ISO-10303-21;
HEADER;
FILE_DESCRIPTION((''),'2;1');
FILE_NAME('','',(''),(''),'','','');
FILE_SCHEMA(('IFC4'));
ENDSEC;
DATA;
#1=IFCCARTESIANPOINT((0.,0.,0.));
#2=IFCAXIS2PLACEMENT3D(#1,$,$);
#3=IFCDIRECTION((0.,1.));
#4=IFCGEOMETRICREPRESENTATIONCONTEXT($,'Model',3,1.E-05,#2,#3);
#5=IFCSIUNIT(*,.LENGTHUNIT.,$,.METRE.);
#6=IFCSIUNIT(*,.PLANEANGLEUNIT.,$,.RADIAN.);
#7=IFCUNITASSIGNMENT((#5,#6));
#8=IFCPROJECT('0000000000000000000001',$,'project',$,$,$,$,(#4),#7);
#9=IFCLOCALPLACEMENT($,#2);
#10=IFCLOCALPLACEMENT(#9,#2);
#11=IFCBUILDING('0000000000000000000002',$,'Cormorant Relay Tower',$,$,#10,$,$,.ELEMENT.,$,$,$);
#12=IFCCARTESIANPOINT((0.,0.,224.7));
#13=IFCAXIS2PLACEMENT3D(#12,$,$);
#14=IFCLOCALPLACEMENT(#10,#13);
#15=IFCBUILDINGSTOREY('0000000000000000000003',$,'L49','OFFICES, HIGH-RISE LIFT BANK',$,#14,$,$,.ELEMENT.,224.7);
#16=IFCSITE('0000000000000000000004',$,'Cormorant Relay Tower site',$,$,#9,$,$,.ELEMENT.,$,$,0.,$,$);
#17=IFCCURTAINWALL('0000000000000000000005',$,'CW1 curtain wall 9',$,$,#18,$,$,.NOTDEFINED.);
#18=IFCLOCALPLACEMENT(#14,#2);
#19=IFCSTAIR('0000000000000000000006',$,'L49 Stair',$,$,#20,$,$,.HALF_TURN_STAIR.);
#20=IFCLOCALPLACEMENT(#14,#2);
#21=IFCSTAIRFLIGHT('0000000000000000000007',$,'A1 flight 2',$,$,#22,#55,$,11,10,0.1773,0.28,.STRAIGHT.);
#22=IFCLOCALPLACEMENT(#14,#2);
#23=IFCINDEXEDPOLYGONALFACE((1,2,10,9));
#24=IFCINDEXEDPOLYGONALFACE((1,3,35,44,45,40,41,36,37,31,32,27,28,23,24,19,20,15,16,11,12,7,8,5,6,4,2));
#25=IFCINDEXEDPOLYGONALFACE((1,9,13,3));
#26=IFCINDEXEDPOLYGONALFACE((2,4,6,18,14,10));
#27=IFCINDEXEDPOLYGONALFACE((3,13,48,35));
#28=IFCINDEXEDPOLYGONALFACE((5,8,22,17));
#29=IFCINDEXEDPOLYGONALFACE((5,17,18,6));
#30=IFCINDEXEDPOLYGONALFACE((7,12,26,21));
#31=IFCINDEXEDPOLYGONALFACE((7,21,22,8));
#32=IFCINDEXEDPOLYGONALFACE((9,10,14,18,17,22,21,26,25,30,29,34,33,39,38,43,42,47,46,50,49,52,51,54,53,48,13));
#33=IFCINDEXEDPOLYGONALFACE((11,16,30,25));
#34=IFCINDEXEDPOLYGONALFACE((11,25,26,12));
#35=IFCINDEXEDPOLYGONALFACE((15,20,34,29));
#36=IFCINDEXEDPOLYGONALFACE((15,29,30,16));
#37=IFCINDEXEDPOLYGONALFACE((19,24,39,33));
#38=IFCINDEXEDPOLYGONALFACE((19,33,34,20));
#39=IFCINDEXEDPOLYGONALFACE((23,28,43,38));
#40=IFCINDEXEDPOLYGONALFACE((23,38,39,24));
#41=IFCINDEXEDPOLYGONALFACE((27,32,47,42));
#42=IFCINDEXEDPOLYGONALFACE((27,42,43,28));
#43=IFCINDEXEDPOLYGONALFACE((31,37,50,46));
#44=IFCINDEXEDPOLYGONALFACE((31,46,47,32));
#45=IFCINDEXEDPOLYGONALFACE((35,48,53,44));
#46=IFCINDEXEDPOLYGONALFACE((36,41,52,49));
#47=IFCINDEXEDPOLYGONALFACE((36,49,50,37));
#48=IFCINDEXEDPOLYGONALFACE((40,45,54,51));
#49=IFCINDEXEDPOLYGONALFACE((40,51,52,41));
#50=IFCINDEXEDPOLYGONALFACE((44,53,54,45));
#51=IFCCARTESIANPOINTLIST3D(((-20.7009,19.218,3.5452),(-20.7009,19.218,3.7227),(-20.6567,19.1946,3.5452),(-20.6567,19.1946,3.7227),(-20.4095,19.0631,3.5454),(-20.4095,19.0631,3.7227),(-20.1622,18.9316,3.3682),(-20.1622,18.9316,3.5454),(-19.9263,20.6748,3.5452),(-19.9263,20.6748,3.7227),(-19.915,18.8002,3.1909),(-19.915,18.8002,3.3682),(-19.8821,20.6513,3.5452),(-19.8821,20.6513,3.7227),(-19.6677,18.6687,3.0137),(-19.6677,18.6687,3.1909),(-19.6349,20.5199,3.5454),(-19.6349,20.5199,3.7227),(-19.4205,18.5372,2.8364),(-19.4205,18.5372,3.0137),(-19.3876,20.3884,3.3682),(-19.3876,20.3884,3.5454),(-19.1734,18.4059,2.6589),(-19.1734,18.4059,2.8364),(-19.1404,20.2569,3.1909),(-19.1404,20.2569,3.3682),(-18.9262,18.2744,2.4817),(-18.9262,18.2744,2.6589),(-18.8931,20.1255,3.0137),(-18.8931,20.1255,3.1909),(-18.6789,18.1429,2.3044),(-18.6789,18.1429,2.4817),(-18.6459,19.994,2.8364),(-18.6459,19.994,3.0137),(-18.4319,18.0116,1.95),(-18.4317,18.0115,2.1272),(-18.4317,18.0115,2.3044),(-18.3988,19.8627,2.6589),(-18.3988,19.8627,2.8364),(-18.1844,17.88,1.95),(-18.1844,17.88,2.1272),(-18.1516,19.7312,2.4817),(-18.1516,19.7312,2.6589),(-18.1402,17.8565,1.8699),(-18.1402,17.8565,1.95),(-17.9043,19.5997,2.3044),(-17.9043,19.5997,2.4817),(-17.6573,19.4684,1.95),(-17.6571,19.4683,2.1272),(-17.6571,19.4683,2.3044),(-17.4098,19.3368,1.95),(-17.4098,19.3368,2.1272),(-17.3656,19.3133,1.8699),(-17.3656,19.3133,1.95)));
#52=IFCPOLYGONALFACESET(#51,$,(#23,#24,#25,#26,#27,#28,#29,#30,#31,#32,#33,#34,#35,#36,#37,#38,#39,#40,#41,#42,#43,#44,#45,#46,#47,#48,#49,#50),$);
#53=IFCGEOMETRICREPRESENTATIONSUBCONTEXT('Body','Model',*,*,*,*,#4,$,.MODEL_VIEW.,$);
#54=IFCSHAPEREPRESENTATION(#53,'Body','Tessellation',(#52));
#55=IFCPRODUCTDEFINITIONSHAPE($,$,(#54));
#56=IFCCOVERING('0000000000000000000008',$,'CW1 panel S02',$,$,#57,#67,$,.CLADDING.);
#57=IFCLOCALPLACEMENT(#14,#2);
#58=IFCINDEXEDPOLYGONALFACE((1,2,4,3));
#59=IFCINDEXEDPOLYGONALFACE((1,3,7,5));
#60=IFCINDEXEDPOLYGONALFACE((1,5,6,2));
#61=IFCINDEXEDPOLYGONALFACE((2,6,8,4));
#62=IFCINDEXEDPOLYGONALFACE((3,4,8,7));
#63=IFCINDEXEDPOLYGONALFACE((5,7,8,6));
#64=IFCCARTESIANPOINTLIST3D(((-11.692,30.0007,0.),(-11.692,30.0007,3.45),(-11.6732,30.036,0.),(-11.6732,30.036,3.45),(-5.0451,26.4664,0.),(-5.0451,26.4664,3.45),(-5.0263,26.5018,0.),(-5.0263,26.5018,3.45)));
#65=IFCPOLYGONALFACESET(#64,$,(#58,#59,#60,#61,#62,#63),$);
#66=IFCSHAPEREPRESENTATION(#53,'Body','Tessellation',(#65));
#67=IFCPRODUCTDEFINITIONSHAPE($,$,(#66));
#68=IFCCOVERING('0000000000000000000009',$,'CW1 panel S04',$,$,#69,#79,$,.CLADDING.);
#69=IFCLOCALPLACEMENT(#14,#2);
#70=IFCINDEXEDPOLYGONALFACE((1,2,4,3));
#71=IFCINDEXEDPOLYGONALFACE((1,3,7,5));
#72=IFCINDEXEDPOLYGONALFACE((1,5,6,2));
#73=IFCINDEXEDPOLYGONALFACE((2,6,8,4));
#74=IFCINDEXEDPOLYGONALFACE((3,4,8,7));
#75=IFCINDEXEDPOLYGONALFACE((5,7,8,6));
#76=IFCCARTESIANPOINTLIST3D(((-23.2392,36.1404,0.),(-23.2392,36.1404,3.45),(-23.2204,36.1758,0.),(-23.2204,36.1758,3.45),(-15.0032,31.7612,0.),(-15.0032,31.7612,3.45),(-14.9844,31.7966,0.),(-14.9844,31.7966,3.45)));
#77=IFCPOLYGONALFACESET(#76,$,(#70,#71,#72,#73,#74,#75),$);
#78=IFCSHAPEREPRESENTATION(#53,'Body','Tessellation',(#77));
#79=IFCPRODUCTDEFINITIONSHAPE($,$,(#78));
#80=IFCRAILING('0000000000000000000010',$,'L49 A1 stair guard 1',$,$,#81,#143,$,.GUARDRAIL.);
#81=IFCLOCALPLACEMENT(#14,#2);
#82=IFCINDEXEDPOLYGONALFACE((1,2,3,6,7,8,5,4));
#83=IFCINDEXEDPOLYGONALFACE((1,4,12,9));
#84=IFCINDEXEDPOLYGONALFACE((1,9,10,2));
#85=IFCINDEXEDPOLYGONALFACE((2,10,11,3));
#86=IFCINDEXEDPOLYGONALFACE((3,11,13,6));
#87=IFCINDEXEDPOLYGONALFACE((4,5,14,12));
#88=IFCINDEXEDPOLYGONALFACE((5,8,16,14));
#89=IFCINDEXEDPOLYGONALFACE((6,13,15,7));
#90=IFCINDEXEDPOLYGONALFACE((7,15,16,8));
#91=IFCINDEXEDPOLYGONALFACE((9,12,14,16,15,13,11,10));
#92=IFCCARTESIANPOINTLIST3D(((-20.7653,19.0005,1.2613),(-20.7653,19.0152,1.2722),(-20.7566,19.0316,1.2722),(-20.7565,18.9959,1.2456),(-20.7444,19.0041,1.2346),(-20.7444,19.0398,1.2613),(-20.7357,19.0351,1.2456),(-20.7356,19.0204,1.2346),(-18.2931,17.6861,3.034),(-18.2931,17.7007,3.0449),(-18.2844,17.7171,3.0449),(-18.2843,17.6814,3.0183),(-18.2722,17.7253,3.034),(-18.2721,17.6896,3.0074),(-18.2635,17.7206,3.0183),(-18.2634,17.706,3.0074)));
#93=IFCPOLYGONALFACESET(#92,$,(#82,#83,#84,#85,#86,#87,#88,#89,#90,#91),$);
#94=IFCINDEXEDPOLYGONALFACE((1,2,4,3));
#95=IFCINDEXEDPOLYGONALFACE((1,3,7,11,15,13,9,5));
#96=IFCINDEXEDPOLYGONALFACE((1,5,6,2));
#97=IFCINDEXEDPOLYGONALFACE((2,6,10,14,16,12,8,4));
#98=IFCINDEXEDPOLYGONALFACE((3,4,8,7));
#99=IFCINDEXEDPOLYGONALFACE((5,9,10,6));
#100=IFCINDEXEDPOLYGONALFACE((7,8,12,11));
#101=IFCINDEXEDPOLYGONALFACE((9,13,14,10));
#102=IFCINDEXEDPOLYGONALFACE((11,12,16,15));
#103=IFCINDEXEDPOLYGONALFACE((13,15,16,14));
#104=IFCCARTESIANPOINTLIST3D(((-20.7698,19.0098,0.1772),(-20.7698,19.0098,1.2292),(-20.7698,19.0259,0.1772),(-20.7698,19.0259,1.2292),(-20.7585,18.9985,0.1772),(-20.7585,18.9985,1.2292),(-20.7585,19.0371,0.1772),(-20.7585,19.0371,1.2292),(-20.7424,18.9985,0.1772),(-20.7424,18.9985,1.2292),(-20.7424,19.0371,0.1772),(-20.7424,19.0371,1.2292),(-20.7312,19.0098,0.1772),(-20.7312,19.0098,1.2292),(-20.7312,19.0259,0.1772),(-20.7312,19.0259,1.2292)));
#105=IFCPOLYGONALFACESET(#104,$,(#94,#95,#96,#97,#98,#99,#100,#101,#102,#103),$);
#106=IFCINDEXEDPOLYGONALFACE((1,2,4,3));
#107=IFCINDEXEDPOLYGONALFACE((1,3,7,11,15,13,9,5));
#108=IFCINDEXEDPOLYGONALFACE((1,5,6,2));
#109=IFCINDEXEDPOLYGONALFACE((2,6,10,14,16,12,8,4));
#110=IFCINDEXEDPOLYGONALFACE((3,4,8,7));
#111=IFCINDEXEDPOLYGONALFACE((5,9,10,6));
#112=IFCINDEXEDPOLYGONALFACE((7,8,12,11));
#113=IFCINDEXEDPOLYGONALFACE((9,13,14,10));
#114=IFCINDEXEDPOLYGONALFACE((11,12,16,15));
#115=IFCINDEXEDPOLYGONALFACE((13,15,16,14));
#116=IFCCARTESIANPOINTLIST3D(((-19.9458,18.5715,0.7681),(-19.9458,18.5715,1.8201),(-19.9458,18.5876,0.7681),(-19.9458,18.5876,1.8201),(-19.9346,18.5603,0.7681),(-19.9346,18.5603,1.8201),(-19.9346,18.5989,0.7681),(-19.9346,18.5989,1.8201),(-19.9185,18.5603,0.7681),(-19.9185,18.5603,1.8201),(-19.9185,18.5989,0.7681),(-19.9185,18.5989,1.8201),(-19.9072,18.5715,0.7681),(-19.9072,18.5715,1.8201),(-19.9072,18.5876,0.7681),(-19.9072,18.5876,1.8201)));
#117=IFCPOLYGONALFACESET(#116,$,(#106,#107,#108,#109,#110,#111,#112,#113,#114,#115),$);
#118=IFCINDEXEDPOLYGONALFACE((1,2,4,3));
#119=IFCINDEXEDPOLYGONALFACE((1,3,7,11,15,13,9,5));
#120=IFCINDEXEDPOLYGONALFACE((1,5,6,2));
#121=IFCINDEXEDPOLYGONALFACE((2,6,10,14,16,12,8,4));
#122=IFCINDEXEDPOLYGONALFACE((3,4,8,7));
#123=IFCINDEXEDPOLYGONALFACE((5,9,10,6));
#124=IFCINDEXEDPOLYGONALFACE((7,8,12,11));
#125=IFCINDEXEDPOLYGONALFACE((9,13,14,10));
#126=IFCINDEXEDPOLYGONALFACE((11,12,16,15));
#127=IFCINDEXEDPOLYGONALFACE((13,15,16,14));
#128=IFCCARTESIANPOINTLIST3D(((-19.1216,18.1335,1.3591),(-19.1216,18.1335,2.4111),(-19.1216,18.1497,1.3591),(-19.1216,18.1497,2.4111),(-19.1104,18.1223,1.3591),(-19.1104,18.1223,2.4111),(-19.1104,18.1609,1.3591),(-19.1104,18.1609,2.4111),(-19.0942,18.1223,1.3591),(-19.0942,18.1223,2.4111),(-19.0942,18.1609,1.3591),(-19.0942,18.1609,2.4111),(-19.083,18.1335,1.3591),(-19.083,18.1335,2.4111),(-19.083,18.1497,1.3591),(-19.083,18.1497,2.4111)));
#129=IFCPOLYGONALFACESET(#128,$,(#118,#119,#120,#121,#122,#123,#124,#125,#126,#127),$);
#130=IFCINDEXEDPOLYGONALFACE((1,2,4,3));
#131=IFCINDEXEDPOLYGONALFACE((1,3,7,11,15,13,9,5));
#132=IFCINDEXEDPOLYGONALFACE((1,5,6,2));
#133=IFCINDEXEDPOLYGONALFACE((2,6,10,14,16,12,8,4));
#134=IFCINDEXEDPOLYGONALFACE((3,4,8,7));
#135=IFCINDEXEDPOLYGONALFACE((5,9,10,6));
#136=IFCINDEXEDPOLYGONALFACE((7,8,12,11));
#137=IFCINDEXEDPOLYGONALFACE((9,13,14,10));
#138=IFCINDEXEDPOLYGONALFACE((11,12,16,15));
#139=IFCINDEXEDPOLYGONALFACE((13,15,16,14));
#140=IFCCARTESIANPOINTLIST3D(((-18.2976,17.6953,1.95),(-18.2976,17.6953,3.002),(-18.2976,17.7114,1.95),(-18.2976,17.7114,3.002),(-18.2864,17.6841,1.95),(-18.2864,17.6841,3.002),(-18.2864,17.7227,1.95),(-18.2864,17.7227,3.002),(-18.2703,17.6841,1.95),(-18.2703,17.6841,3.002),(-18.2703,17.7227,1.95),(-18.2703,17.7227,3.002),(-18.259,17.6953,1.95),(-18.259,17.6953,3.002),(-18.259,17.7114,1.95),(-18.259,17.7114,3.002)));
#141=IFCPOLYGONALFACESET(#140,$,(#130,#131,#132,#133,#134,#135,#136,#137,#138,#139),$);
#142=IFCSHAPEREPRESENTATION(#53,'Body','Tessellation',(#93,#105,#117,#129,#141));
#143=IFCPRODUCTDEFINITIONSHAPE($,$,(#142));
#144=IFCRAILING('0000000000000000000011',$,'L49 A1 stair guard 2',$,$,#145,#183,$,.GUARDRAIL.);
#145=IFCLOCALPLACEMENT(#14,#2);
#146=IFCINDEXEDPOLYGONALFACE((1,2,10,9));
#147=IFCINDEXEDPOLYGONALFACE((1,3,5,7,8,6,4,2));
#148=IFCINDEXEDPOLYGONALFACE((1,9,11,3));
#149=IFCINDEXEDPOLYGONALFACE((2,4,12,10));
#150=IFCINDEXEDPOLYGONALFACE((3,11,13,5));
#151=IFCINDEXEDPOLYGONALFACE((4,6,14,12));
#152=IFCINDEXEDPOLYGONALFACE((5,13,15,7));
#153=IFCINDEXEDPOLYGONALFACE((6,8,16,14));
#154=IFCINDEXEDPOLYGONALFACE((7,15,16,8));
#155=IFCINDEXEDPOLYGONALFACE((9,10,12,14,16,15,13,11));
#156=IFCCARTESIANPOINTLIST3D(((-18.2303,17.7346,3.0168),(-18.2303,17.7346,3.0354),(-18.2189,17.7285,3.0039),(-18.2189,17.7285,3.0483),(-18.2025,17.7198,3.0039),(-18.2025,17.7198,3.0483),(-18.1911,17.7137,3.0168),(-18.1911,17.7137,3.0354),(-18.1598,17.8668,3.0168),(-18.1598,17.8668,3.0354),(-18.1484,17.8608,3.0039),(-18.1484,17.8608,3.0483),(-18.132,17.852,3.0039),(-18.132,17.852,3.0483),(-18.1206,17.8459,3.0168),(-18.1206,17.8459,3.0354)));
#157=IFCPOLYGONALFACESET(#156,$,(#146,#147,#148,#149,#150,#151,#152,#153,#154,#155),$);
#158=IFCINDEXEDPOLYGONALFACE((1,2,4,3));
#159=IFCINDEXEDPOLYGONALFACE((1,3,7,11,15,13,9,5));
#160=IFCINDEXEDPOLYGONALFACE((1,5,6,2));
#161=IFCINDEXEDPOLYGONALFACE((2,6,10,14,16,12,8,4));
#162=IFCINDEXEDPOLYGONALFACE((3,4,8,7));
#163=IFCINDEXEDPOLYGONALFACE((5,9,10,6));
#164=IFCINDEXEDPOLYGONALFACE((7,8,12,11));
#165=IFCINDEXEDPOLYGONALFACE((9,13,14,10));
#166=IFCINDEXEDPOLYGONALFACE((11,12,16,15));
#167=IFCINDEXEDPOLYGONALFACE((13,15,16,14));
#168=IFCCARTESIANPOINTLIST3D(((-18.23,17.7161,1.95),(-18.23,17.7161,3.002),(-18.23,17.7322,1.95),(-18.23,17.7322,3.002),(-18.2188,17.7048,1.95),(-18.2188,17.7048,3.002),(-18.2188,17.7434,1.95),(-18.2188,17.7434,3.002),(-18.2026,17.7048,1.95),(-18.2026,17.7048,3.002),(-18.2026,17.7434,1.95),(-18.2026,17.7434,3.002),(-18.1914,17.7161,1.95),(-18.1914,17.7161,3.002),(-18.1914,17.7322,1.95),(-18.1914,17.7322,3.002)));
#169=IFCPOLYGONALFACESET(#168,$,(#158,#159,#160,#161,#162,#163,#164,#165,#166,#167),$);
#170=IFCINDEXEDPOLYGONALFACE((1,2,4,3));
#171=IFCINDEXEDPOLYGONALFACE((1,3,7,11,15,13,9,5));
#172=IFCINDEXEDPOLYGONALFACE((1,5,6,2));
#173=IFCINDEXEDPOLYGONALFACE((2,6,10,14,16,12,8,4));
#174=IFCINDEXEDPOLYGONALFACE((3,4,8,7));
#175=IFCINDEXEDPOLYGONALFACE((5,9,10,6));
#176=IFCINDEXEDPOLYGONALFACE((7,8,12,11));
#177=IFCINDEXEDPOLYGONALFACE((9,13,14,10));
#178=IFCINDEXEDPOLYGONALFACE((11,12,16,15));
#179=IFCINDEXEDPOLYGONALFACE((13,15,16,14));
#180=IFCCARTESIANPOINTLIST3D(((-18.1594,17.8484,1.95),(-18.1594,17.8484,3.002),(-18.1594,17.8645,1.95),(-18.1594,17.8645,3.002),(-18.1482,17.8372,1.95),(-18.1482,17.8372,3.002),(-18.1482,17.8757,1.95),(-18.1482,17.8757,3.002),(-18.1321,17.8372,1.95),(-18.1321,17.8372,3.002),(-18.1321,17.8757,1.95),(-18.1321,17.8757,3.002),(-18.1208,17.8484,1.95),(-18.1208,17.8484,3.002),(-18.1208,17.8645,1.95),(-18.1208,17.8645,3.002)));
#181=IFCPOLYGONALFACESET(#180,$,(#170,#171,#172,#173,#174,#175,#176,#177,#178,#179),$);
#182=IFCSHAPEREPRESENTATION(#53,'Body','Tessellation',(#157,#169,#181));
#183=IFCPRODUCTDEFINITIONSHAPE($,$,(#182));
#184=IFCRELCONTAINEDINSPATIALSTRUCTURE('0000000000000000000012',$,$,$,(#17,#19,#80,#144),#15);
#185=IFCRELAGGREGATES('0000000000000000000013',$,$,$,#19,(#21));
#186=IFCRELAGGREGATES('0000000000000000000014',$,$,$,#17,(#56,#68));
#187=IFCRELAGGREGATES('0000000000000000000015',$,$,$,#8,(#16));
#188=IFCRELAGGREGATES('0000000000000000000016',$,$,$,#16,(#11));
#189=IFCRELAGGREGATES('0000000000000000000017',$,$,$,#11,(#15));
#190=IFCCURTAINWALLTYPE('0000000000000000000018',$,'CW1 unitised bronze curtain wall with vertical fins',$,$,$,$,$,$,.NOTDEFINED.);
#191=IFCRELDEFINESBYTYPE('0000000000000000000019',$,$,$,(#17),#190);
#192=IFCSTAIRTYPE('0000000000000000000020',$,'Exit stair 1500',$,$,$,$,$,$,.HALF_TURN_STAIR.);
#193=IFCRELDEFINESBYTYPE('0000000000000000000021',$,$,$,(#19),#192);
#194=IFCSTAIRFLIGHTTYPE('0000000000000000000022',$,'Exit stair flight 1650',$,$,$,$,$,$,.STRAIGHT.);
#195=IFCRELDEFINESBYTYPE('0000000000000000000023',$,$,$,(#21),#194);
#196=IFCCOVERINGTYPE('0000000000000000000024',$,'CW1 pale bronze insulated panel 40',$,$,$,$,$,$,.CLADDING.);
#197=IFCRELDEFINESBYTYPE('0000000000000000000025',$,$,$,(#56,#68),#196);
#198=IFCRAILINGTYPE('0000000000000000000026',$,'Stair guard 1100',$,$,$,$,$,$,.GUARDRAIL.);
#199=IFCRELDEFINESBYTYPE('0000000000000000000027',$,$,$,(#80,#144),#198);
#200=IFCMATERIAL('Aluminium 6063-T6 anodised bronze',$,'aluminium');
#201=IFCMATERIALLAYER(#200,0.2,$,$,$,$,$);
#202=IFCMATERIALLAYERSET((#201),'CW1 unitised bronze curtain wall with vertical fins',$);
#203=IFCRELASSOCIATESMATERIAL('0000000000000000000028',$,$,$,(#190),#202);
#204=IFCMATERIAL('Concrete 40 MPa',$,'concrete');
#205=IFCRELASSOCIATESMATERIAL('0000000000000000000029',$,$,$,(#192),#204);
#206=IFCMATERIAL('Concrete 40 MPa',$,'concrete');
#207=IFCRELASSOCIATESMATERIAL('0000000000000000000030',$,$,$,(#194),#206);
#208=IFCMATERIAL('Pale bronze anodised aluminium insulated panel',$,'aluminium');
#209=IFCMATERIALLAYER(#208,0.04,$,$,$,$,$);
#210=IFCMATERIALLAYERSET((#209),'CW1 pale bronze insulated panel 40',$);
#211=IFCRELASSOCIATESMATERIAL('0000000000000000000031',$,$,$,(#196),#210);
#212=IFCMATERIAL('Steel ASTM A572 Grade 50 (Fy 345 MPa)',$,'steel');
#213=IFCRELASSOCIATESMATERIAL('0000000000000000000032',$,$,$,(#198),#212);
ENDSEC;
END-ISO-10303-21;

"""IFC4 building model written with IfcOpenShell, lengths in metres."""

from ifc_helpers import new_model, si_unit, direction, frame, origin, origin_2d, place, context, subcontext, project, spatial, polyline, rectangle, outline, extrude, material, layer, layer_set, type_object, element, aggregate, save


model = new_model("IFC4")

# Units and contexts
model_context = context("Model", 3, precision=1e-05, world=origin(), true_north=direction((0.0, 1.0)))
body_context = subcontext(model_context, "Body", "Model", "MODEL_VIEW")
ifc_project = project(units=[si_unit("LENGTHUNIT", "METRE"), si_unit("PLANEANGLEUNIT", "RADIAN")], contexts=[model_context])

# Site, building, storey
site_placement = place(None, origin())
site = spatial("IfcSite", under=ifc_project, at=site_placement, Name="Cormorant Relay Tower site", CompositionType="ELEMENT", RefElevation=0.0)
building_placement = place(site_placement, origin())
building = spatial("IfcBuilding", under=site, at=building_placement, Name="Cormorant Relay Tower", CompositionType="ELEMENT")
storey_placement = place(building_placement, frame((0.0, 0.0, 224.7)))
storey = spatial("IfcBuildingStorey", under=building, at=storey_placement, Name="L49", Description="OFFICES, HIGH-RISE LIFT BANK", CompositionType="ELEMENT", Elevation=224.7)

# Curtain wall
ifc_material_1 = material(Name="Aluminium 6063-T6 anodised bronze", Category="aluminium")
ifc_layer_1 = layer(ifc_material_1, 0.2)
ifc_layer_set_1 = layer_set([ifc_layer_1], Name="CW1 unitised bronze curtain wall with vertical fins")
curtain_wall_type = type_object("IfcCurtainWallType", Name="CW1 unitised bronze curtain wall with vertical fins", PredefinedType="NOTDEFINED", material=ifc_layer_set_1)
curtain_wall_placement = place(storey_placement, origin())
curtain_wall = element("IfcCurtainWall", 1, at=curtain_wall_placement, inside=storey, type_object=curtain_wall_type, Name="CW1 curtain wall 9", PredefinedType="NOTDEFINED")

# Stair, stair flight
ifc_material_2 = material(Name="Concrete 40 MPa", Category="concrete")
stair_type = type_object("IfcStairType", Name="Exit stair 1500", PredefinedType="HALF_TURN_STAIR", material=ifc_material_2)
stair_placement = place(storey_placement, origin())
stair = element("IfcStair", 2, at=stair_placement, inside=storey, type_object=stair_type, Name="L49 Stair", PredefinedType="HALF_TURN_STAIR")
ifc_material_3 = material(Name="Concrete 40 MPa", Category="concrete")
stair_flight_type = type_object("IfcStairFlightType", Name="Exit stair flight 1650", PredefinedType="STRAIGHT", material=ifc_material_3)
stair_flight_1_placement = place(storey_placement, frame((-17.7971, 18.6084, 1.95), z_axis=(0.0, 0.0, 1.0), x_axis=(-0.882948, 0.469472, 0.0)))
stair_flight_1 = element("IfcStairFlight", 3, at=stair_flight_1_placement, type_object=stair_flight_type, Name="A1 flight 2", NumberOfRisers=11, NumberOfTreads=10, PredefinedType="STRAIGHT", RiserHeight=0.1773, TreadLength=0.28, context=body_context, shape_type="SweptSolid", body=[
    extrude(outline(polyline([(-0.05, -0.0801), (-0.05, 0.0), (0.0, 0.0), (0.0, 0.1772), (0.28, 0.1772), (0.28, 0.3545), (0.5601, 0.3545), (0.5601, 0.5317), (0.8401, 0.5317), (0.8401, 0.709), (1.1201, 0.709), (1.1201, 0.8865), (1.3999, 0.8865), (1.3999, 1.0637), (1.6799, 1.0637), (1.6799, 1.241), (1.96, 1.241), (1.96, 1.4182), (2.24, 1.4182), (2.24, 1.5955), (2.52, 1.5955), (2.52, 1.7727), (2.8, 1.7727), (2.8501, 1.7727), (2.8501, 1.5952), (2.8, 1.5952), (0.2803, 0.0), (-0.05, -0.0801)])), frame((0.0, 0.825, 0.0), z_axis=(0.0, -1.0, 0.0), x_axis=(1.0, 0.0, 0.0)), (0.0, 0.0, 1.0), 1.6499),
])
aggregate(stair, [stair_flight_1])

# Coverings
ifc_material_4 = material(Name="Pale bronze anodised aluminium insulated panel", Category="aluminium")
ifc_layer_2 = layer(ifc_material_4, 0.04)
ifc_layer_set_2 = layer_set([ifc_layer_2], Name="CW1 pale bronze insulated panel 40")
covering_type = type_object("IfcCoveringType", Name="CW1 pale bronze insulated panel 40", PredefinedType="CLADDING", material=ifc_layer_set_2)
covering_1_placement = place(storey_placement, frame((-8.3591, 28.2512, 0.0), z_axis=(0.0, 0.0, 1.0), x_axis=(-0.882948, 0.469472, 0.0)))
covering_1 = element("IfcCovering", 4, at=covering_1_placement, type_object=covering_type, Name="CW1 panel S02", PredefinedType="CLADDING", context=body_context, shape_type="SweptSolid", body=[
    extrude(rectangle(XDim=7.5281, YDim=0.04, at=origin_2d()), origin(), (0.0, 0.0, 1.0), 3.45),
])
covering_2_placement = place(storey_placement, frame((-19.1118, 33.9685, 0.0), z_axis=(0.0, 0.0, 1.0), x_axis=(-0.882948, 0.469472, 0.0)))
covering_2 = element("IfcCovering", 5, at=covering_2_placement, type_object=covering_type, Name="CW1 panel S04", PredefinedType="CLADDING", context=body_context, shape_type="SweptSolid", body=[
    extrude(rectangle(XDim=9.3279, YDim=0.04, at=origin_2d()), origin(), (0.0, 0.0, 1.0), 3.45),
])
aggregate(curtain_wall, [covering_1, covering_2])

# Railings
ifc_material_5 = material(Name="Steel ASTM A572 Grade 50 (Fy 345 MPa)", Category="steel")
railing_type_1 = type_object("IfcRailingType", Name="Stair guard 1100", PredefinedType="GUARDRAIL", material=ifc_material_5)
railing_1_placement = place(storey_placement, frame((-20.7505, 19.0178, 0.1772)))
element("IfcRailing", 6, at=railing_1_placement, inside=storey, type_object=railing_type_1, Name="L49 A1 stair guard 1", PredefinedType="GUARDRAIL", context=body_context, shape_type="SweptSolid", body=[
    extrude(outline(polyline([(0.0222, 0.0093), (0.0093, 0.0222), (-0.0093, 0.0222), (-0.0222, 0.0093), (-0.0222, -0.0093), (-0.0093, -0.0222), (0.0093, -0.0222), (0.0222, -0.0093), (0.0222, 0.0093)])), frame((0.0, 0.0, 1.0762), z_axis=(0.746001, -0.396649, 0.534931), x_axis=(0.469465, 0.882951, 0.0)), (0.0, 0.0, 1.0), 3.314),
    extrude(outline(polyline([(0.0193, 0.0081), (0.0081, 0.0193), (-0.0081, 0.0193), (-0.0193, 0.0081), (-0.0193, -0.0081), (-0.0081, -0.0193), (0.0081, -0.0193), (0.0193, -0.0081), (0.0193, 0.0081)])), origin(), (0.0, 0.0, 1.0), 1.052),
    extrude(outline(polyline([(0.0193, 0.0081), (0.0081, 0.0193), (-0.0081, 0.0193), (-0.0193, 0.0081), (-0.0193, -0.0081), (-0.0081, -0.0193), (0.0081, -0.0193), (0.0193, -0.0081), (0.0193, 0.0081)])), frame((0.824, -0.4382, 0.5908)), (0.0, 0.0, 1.0), 1.052),
    extrude(outline(polyline([(0.0193, 0.0081), (0.0081, 0.0193), (-0.0081, 0.0193), (-0.0193, 0.0081), (-0.0193, -0.0081), (-0.0081, -0.0193), (0.0081, -0.0193), (0.0193, -0.0081), (0.0193, 0.0081)])), frame((1.6482, -0.8762, 1.1819)), (0.0, 0.0, 1.0), 1.052),
    extrude(outline(polyline([(0.0193, 0.0081), (0.0081, 0.0193), (-0.0081, 0.0193), (-0.0193, 0.0081), (-0.0193, -0.0081), (-0.0081, -0.0193), (0.0081, -0.0193), (0.0193, -0.0081), (0.0193, 0.0081)])), frame((2.4722, -1.3145, 1.7727)), (0.0, 0.0, 1.0), 1.052),
])
railing_2_placement = place(storey_placement, frame((-18.2107, 17.7241, 1.95)))
element("IfcRailing", 7, at=railing_2_placement, inside=storey, type_object=railing_type_1, Name="L49 A1 stair guard 2", PredefinedType="GUARDRAIL", context=body_context, shape_type="SweptSolid", body=[
    extrude(outline(polyline([(0.0222, 0.0093), (0.0093, 0.0222), (-0.0093, 0.0222), (-0.0222, 0.0093), (-0.0222, -0.0093), (-0.0093, -0.0222), (0.0093, -0.0222), (0.0222, -0.0093), (0.0222, 0.0093)])), frame((0.0, 0.0, 1.0762), z_axis=(0.470504, 0.882398, 0.0), x_axis=(-0.882398, 0.470504, 0.0)), (0.0, 0.0, 1.0), 0.1499),
    extrude(outline(polyline([(0.0193, 0.0081), (0.0081, 0.0193), (-0.0081, 0.0193), (-0.0193, 0.0081), (-0.0193, -0.0081), (-0.0081, -0.0193), (0.0081, -0.0193), (0.0193, -0.0081), (0.0193, 0.0081)])), origin(), (0.0, 0.0, 1.0), 1.052),
    extrude(outline(polyline([(0.0193, 0.0081), (0.0081, 0.0193), (-0.0081, 0.0193), (-0.0193, 0.0081), (-0.0193, -0.0081), (-0.0081, -0.0193), (0.0081, -0.0193), (0.0193, -0.0081), (0.0193, 0.0081)])), frame((0.0706, 0.1323, 0.0)), (0.0, 0.0, 1.0), 1.052),
])

save(model, "model.ifc")
